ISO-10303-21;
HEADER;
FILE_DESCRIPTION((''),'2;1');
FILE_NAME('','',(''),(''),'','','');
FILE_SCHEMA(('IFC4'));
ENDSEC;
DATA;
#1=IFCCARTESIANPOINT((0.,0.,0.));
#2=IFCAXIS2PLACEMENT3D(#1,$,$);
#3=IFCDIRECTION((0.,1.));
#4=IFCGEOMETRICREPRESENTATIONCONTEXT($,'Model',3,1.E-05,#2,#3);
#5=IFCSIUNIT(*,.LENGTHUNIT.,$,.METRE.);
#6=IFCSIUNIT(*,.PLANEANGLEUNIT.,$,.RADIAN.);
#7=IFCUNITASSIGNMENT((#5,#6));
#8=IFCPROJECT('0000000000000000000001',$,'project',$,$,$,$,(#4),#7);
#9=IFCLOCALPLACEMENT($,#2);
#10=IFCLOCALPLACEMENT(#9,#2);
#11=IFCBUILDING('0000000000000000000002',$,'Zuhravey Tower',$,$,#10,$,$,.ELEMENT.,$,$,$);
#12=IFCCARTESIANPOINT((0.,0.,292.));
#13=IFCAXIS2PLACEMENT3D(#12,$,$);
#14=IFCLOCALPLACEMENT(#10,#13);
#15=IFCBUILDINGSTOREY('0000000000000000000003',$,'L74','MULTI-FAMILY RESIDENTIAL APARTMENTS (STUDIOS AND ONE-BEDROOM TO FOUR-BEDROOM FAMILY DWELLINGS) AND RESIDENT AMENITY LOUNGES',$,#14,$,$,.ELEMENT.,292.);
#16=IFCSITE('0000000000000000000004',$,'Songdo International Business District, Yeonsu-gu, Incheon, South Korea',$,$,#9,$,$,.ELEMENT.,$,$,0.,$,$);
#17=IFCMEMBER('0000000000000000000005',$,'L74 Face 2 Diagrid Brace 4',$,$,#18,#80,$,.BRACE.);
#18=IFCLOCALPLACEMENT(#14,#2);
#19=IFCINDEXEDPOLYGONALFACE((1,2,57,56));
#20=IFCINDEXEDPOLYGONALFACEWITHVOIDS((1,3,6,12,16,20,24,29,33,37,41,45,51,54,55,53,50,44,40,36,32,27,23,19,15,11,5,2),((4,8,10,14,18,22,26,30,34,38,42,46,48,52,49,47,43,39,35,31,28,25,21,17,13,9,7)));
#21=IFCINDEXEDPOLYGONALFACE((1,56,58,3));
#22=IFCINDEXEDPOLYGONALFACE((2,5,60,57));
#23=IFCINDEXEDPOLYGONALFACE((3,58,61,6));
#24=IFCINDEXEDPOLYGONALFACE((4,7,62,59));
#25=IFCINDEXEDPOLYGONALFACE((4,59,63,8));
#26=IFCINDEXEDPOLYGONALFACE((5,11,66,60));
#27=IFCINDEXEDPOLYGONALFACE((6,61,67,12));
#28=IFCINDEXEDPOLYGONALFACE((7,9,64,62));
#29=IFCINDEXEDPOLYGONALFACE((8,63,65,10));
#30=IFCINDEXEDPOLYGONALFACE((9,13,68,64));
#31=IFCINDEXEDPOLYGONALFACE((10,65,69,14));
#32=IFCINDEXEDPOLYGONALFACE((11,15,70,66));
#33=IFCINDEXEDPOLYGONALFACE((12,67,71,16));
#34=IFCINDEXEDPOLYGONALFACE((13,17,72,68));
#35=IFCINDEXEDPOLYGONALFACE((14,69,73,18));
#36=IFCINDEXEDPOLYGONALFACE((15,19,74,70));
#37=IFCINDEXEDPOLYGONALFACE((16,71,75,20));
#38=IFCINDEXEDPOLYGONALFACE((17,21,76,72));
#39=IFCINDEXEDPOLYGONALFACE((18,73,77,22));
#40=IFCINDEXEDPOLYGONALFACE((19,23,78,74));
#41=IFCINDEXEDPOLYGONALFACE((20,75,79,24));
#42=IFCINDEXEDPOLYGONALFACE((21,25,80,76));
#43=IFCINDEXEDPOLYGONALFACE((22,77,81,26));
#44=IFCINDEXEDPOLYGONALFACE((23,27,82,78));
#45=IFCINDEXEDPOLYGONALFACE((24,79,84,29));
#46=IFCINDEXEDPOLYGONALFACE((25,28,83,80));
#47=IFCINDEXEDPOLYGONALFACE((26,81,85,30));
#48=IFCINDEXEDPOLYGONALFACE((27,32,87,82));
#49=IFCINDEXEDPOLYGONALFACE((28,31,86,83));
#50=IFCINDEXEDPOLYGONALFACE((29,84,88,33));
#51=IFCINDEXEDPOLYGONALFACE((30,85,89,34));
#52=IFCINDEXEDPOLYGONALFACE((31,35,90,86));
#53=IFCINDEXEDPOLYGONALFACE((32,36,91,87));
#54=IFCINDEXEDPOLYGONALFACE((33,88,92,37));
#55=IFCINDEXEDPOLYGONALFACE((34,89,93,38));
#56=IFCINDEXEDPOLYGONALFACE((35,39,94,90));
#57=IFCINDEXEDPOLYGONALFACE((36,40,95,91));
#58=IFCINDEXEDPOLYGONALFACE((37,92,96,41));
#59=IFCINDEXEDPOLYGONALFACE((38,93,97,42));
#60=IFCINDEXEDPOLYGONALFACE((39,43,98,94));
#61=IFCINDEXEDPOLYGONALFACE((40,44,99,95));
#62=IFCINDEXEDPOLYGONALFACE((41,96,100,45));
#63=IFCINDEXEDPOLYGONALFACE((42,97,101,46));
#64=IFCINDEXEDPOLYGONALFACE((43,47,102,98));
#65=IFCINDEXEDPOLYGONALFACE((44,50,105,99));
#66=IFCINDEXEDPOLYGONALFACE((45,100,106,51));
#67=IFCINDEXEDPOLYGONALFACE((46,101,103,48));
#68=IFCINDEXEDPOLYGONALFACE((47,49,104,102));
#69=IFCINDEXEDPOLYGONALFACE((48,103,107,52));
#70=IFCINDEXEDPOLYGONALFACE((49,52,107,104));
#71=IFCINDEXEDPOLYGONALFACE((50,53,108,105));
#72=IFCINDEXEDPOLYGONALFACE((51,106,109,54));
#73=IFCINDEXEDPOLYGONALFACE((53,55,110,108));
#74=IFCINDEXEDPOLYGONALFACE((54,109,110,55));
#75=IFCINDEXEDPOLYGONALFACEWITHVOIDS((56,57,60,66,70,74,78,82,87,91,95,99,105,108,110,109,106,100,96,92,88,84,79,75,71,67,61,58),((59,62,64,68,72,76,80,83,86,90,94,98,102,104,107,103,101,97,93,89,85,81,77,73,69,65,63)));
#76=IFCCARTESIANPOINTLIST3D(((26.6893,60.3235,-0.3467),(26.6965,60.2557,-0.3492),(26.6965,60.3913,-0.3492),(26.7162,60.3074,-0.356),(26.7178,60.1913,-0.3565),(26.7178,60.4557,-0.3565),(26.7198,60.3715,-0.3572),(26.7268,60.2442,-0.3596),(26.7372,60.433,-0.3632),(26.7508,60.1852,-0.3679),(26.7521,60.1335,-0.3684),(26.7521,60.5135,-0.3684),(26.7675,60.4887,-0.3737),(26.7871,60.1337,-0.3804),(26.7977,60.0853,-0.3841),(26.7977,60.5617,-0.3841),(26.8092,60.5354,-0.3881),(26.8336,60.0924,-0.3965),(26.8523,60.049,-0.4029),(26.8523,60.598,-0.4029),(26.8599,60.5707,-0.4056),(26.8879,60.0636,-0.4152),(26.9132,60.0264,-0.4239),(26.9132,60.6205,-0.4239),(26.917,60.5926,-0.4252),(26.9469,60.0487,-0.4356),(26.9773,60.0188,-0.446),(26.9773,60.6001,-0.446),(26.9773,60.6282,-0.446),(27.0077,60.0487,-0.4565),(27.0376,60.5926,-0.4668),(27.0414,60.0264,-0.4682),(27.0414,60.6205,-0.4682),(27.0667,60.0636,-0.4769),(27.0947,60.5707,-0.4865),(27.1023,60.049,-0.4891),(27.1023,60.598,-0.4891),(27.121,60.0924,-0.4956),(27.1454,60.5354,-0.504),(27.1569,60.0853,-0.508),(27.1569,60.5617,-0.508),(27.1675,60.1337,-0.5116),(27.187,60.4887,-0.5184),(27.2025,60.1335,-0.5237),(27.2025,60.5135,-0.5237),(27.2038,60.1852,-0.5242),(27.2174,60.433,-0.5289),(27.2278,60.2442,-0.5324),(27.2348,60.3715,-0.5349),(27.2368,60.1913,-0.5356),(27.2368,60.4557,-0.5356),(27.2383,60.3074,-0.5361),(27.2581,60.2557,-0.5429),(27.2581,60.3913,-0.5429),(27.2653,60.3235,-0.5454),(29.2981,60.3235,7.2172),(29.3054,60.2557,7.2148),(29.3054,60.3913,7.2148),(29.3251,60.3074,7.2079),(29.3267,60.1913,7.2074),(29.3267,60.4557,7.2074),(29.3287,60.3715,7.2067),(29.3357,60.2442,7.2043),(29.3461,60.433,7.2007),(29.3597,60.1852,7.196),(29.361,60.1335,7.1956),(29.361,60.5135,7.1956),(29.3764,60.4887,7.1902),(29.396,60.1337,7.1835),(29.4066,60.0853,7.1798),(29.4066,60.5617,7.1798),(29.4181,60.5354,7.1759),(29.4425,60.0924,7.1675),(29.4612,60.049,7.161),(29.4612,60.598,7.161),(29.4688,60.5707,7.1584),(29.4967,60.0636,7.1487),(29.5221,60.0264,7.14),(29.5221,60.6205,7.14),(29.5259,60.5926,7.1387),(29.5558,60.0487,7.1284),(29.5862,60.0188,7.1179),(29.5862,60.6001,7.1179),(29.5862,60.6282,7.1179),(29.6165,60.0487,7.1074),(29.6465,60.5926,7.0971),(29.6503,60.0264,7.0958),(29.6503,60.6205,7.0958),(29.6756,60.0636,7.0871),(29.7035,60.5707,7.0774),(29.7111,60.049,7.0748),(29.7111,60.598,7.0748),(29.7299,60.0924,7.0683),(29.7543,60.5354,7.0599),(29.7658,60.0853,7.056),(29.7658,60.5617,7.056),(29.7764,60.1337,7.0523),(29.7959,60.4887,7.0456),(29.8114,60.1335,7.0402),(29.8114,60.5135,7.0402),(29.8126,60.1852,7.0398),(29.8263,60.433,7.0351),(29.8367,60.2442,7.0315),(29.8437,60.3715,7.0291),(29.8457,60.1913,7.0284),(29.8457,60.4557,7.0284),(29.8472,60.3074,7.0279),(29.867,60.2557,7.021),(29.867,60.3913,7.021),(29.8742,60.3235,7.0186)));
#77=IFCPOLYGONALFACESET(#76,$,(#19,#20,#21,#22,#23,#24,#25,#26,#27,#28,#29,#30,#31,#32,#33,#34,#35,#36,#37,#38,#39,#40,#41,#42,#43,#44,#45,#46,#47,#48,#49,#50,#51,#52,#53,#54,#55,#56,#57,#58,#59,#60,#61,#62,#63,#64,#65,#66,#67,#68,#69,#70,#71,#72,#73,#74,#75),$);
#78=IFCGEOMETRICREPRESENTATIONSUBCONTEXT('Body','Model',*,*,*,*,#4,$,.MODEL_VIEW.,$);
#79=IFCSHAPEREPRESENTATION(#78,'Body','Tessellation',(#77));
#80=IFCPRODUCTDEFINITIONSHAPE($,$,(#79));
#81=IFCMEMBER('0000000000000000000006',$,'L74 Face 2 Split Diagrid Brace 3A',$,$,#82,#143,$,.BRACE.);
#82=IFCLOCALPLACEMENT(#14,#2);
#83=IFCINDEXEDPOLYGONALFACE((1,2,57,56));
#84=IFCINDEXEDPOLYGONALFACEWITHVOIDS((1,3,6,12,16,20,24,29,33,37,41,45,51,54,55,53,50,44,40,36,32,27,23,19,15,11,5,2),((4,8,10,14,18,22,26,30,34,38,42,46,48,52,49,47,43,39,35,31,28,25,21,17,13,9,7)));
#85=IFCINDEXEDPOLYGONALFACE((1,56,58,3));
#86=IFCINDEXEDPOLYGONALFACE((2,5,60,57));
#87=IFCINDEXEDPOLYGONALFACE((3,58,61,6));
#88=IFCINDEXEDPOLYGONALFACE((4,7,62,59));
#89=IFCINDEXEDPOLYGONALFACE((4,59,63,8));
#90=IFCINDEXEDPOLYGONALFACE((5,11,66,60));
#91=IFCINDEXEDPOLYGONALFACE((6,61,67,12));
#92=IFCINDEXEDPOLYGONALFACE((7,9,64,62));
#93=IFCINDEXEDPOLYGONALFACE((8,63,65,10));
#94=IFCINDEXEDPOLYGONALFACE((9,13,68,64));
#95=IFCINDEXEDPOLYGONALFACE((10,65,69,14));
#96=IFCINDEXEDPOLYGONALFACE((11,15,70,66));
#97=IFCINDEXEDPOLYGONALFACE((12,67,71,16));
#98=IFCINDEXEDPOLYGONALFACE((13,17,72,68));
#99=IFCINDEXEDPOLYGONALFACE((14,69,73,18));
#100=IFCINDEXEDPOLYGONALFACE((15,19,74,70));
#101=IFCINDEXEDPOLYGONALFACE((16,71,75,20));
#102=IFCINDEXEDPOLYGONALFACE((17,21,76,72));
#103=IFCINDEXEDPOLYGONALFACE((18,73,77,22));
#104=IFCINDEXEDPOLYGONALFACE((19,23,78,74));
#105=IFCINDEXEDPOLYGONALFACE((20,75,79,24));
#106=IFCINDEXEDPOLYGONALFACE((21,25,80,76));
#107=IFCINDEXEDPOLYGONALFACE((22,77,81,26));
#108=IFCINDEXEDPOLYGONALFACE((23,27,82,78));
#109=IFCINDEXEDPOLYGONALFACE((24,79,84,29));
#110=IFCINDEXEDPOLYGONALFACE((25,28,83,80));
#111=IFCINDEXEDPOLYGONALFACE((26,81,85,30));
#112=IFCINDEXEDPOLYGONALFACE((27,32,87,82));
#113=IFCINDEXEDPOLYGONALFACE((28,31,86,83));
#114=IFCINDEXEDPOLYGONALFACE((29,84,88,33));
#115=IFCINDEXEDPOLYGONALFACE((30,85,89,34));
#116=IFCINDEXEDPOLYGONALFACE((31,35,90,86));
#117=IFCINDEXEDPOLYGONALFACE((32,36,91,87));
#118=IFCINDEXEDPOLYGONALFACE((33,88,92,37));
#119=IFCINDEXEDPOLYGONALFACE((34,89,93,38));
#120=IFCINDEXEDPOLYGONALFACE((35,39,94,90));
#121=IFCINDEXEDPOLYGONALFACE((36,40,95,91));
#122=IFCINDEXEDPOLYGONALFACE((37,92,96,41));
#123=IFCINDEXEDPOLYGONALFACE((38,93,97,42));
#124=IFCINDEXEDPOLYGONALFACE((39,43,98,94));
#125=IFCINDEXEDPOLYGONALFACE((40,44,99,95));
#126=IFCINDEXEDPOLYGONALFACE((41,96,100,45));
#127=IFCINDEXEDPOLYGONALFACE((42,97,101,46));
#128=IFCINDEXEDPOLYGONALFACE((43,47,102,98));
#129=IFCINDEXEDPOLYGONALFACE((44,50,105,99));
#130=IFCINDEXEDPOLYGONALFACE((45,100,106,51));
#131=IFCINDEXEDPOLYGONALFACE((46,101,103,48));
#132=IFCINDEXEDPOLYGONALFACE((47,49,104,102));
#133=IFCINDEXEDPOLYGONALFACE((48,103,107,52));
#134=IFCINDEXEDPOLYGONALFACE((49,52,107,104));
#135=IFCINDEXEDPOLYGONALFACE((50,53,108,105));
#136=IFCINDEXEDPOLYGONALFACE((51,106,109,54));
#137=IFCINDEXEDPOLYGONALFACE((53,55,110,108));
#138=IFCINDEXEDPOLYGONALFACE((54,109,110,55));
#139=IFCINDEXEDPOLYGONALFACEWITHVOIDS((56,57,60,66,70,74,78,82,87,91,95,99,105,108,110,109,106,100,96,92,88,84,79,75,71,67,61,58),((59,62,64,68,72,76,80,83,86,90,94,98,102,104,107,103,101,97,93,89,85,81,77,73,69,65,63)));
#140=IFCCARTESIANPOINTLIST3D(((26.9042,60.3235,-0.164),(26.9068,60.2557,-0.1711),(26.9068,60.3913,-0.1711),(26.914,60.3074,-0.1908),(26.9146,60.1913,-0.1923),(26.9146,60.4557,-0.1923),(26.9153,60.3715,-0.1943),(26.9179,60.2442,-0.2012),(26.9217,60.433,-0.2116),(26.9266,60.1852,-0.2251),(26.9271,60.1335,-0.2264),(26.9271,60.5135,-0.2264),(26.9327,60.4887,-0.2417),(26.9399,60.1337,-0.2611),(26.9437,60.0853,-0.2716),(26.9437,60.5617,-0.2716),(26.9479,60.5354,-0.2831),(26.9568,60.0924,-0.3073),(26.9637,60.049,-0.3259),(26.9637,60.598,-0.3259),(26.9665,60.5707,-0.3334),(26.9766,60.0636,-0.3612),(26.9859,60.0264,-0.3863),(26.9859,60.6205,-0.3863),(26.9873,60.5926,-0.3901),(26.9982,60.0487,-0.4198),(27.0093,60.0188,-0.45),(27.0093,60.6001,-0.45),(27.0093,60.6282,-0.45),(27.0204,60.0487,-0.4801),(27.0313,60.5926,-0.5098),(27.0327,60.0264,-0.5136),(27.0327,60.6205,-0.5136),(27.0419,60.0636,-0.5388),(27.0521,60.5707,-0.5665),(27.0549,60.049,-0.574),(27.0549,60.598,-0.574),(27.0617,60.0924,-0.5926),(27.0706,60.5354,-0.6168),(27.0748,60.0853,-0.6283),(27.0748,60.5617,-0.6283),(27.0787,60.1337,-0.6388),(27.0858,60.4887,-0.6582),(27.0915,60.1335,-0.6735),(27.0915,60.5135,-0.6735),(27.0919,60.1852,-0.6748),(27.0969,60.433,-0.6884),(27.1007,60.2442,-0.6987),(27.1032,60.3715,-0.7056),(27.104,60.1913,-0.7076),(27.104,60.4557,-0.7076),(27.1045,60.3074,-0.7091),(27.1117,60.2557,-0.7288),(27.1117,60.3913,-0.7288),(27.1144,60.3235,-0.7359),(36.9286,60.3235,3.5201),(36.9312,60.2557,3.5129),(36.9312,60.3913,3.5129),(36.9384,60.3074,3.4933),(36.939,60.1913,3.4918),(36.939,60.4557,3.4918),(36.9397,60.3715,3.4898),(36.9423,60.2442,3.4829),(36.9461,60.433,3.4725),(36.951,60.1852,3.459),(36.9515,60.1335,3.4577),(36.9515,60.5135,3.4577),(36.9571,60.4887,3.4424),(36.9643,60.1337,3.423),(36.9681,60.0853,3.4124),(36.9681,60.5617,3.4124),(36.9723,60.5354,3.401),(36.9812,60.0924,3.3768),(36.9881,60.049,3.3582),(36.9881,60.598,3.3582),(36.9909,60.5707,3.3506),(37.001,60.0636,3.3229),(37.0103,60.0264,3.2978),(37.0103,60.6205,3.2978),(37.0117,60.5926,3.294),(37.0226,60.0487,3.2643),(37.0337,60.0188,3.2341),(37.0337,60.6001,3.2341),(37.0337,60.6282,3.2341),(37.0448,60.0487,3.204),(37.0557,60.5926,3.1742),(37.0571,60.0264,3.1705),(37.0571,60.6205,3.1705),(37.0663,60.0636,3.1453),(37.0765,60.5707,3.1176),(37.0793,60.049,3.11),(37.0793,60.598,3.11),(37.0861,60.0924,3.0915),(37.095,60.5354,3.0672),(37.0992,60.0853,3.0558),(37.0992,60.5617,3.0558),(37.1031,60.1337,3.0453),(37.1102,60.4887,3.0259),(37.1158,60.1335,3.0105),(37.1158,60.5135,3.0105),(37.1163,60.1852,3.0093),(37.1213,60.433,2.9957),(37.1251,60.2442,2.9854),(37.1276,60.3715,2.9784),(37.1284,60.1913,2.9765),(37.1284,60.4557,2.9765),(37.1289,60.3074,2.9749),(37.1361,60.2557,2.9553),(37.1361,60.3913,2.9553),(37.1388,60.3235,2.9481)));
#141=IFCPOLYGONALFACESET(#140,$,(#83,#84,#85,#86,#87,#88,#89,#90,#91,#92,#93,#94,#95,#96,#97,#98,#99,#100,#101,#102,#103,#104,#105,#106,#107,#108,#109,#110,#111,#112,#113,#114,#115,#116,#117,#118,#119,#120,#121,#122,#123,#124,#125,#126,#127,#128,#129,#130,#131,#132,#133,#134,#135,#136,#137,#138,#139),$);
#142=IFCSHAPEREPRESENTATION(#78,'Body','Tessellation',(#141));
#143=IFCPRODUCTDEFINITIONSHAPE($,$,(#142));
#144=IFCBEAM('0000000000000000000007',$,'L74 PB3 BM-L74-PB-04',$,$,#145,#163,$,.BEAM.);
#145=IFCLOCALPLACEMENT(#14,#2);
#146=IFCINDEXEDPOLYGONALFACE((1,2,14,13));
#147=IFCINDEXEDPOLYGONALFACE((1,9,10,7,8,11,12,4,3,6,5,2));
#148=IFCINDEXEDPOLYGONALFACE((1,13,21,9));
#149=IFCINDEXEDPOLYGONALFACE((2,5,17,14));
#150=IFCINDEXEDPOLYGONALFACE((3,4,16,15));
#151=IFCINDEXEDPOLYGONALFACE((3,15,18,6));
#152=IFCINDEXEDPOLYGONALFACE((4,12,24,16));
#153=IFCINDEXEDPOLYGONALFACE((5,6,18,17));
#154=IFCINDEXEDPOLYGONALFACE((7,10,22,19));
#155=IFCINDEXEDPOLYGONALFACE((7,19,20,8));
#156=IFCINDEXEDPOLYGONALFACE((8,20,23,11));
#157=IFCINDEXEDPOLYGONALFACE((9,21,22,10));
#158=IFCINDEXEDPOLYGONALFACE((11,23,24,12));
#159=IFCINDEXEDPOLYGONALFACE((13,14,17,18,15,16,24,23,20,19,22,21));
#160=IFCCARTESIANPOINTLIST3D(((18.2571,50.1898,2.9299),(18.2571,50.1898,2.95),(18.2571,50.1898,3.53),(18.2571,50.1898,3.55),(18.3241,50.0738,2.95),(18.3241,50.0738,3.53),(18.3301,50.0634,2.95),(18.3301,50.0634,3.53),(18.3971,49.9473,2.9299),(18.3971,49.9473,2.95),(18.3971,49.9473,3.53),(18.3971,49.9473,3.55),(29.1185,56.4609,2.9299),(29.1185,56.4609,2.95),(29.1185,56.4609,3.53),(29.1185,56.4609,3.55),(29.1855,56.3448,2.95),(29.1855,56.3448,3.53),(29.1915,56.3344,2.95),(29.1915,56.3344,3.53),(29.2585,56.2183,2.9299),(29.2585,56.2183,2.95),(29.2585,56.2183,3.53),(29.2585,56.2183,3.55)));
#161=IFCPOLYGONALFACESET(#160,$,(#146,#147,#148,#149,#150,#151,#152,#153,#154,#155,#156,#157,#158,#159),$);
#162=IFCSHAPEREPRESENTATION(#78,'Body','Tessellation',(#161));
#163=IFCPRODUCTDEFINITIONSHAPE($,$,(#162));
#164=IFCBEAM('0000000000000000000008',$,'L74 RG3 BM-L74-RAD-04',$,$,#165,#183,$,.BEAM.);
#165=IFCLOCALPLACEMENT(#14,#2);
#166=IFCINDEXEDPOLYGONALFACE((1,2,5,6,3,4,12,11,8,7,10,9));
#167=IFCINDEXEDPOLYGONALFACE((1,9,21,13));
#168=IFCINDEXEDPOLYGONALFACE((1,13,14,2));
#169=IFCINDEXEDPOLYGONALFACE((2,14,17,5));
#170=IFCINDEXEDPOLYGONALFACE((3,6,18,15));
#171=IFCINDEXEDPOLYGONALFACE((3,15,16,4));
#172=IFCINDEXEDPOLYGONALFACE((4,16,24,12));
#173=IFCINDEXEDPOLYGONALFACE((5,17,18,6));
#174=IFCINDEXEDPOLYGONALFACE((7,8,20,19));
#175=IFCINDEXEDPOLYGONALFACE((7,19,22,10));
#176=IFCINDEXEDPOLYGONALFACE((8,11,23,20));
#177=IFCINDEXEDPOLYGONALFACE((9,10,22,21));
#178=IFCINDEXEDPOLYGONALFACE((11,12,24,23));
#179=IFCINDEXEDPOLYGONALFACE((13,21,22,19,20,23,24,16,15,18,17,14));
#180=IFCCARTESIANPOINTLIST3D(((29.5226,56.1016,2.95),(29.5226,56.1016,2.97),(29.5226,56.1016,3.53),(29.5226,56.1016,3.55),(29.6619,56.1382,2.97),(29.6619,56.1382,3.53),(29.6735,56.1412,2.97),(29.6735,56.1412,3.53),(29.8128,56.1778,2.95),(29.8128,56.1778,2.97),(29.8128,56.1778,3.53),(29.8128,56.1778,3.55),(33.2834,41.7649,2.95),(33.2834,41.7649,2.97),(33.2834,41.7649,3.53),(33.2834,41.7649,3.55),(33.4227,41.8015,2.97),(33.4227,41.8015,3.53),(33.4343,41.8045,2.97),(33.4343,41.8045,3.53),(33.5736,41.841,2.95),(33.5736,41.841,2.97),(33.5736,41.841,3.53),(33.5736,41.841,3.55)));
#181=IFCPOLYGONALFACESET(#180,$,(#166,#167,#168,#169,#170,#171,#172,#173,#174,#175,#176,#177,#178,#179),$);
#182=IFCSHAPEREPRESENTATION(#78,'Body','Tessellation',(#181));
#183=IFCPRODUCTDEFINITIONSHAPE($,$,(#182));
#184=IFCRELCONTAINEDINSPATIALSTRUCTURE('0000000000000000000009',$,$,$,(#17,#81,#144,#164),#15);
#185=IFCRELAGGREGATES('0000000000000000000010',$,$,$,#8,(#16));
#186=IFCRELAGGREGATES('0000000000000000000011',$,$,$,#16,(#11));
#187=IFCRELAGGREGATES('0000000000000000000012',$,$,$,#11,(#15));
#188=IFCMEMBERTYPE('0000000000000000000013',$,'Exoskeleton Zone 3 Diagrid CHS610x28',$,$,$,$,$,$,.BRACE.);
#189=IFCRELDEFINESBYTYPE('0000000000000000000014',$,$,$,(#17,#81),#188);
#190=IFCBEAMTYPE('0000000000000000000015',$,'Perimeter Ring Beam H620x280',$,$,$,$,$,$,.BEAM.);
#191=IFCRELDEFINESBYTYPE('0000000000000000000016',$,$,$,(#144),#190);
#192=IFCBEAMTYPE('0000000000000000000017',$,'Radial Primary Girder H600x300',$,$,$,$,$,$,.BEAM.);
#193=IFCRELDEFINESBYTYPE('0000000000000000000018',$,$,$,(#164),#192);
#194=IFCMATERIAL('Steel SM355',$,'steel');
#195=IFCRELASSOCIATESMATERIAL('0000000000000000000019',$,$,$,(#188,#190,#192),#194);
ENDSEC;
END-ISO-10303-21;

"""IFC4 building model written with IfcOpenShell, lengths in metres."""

from ifc_helpers import new_model, si_unit, direction, frame, origin, origin_2d, place, context, subcontext, project, spatial, hollow_circle, i_section, extrude, material, material_profile, profile_set, type_object, element, save


model = new_model("IFC4")

# Units and contexts
model_context = context("Model", 3, precision=1e-05, world=origin(), true_north=direction((0.0, 1.0)))
body_context = subcontext(model_context, "Body", "Model", "MODEL_VIEW")
ifc_project = project(units=[si_unit("LENGTHUNIT", "METRE"), si_unit("PLANEANGLEUNIT", "RADIAN")], contexts=[model_context])

# Site, building, storey
site_placement = place(None, origin())
site = spatial("IfcSite", under=ifc_project, at=site_placement, Name="Songdo International Business District, Yeonsu-gu, Incheon, South Korea", CompositionType="ELEMENT", RefElevation=0.0)
building_placement = place(site_placement, origin())
building = spatial("IfcBuilding", under=site, at=building_placement, Name="Zuhravey Tower", CompositionType="ELEMENT")
storey_placement = place(building_placement, frame((0.0, 0.0, 292.0)))
storey = spatial("IfcBuildingStorey", under=building, at=storey_placement, Name="L74", Description="MULTI-FAMILY RESIDENTIAL APARTMENTS (STUDIOS AND ONE-BEDROOM TO FOUR-BEDROOM FAMILY DWELLINGS) AND RESIDENT AMENITY LOUNGES", CompositionType="ELEMENT", Elevation=292.0)

# Members
ifc_material_1 = material(Name="Steel SM355", Category="steel")
ifc_material_profile_1 = material_profile(ifc_material_1, hollow_circle(Radius=0.3047, WallThickness=0.0281, at=origin_2d()), Name="CHS-609.6x28")
ifc_profile_set_1 = profile_set([ifc_material_profile_1], Name="Steel SM355")
member_type_1 = type_object("IfcMemberType", Name="Exoskeleton Zone 3 Diagrid CHS610x28", PredefinedType="BRACE", material=ifc_profile_set_1)
member_1_placement = place(storey_placement, frame((26.9773, 60.3235, -0.446), z_axis=(0.32606, 0.0, 0.945349), x_axis=(0.0, 1.0, 0.0)))
element("IfcMember", 1, at=member_1_placement, inside=storey, type_object=member_type_1, Name="L74 Face 2 Diagrid Brace 4", PredefinedType="BRACE", context=body_context, shape_type="SweptSolid", body=[
    extrude(hollow_circle(Radius=0.3047, WallThickness=0.0281, at=origin_2d()), origin(), (0.0, 0.0, 1.0), 8.0012),
])
member_2_placement = place(storey_placement, frame((27.0093, 60.3235, -0.45), z_axis=(0.93862, 0.0, 0.344953), x_axis=(0.0, 1.0, 0.0)))
element("IfcMember", 2, at=member_2_placement, inside=storey, type_object=member_type_1, Name="L74 Face 2 Split Diagrid Brace 3A", PredefinedType="BRACE", context=body_context, shape_type="SweptSolid", body=[
    extrude(hollow_circle(Radius=0.3047, WallThickness=0.0281, at=origin_2d()), origin(), (0.0, 0.0, 1.0), 10.6799),
])

# Beams
ifc_material_profile_2 = material_profile(ifc_material_1, i_section(OverallWidth=0.28, OverallDepth=0.6201, WebThickness=0.012, FlangeThickness=0.02, at=origin_2d()), Name="H-620x280x12x20")
ifc_profile_set_2 = profile_set([ifc_material_profile_2], Name="Steel SM355")
beam_type_1 = type_object("IfcBeamType", Name="Perimeter Ring Beam H620x280", PredefinedType="BEAM", material=ifc_profile_set_2)
beam_1_placement = place(storey_placement, frame((29.1885, 56.3396, 3.24), z_axis=(-0.866018, -0.500012, 0.0), x_axis=(0.500012, -0.866018, 0.0)))
element("IfcBeam", 3, at=beam_1_placement, inside=storey, type_object=beam_type_1, Name="L74 PB3 BM-L74-PB-04", PredefinedType="BEAM", context=body_context, shape_type="SweptSolid", body=[
    extrude(i_section(OverallWidth=0.28, OverallDepth=0.6201, WebThickness=0.012, FlangeThickness=0.02, at=origin_2d()), origin(), (0.0, 0.0, 1.0), 12.5417),
])
ifc_material_profile_3 = material_profile(ifc_material_1, i_section(OverallWidth=0.3, OverallDepth=0.6001, WebThickness=0.012, FlangeThickness=0.02, at=origin_2d()), Name="H-600x300x12x20")
ifc_profile_set_3 = profile_set([ifc_material_profile_3], Name="Steel SM355")
beam_type_2 = type_object("IfcBeamType", Name="Radial Primary Girder H600x300", PredefinedType="BEAM", material=ifc_profile_set_3)
beam_2_placement = place(storey_placement, frame((33.4285, 41.803, 3.25), z_axis=(-0.253732, 0.967275, 0.0), x_axis=(-0.967275, -0.253732, 0.0)))
element("IfcBeam", 4, at=beam_2_placement, inside=storey, type_object=beam_type_2, Name="L74 RG3 BM-L74-RAD-04", PredefinedType="BEAM", context=body_context, shape_type="SweptSolid", body=[
    extrude(i_section(OverallWidth=0.3, OverallDepth=0.6001, WebThickness=0.012, FlangeThickness=0.02, at=origin_2d()), origin(), (0.0, 0.0, 1.0), 14.8218),
])

save(model, "model.ifc")
